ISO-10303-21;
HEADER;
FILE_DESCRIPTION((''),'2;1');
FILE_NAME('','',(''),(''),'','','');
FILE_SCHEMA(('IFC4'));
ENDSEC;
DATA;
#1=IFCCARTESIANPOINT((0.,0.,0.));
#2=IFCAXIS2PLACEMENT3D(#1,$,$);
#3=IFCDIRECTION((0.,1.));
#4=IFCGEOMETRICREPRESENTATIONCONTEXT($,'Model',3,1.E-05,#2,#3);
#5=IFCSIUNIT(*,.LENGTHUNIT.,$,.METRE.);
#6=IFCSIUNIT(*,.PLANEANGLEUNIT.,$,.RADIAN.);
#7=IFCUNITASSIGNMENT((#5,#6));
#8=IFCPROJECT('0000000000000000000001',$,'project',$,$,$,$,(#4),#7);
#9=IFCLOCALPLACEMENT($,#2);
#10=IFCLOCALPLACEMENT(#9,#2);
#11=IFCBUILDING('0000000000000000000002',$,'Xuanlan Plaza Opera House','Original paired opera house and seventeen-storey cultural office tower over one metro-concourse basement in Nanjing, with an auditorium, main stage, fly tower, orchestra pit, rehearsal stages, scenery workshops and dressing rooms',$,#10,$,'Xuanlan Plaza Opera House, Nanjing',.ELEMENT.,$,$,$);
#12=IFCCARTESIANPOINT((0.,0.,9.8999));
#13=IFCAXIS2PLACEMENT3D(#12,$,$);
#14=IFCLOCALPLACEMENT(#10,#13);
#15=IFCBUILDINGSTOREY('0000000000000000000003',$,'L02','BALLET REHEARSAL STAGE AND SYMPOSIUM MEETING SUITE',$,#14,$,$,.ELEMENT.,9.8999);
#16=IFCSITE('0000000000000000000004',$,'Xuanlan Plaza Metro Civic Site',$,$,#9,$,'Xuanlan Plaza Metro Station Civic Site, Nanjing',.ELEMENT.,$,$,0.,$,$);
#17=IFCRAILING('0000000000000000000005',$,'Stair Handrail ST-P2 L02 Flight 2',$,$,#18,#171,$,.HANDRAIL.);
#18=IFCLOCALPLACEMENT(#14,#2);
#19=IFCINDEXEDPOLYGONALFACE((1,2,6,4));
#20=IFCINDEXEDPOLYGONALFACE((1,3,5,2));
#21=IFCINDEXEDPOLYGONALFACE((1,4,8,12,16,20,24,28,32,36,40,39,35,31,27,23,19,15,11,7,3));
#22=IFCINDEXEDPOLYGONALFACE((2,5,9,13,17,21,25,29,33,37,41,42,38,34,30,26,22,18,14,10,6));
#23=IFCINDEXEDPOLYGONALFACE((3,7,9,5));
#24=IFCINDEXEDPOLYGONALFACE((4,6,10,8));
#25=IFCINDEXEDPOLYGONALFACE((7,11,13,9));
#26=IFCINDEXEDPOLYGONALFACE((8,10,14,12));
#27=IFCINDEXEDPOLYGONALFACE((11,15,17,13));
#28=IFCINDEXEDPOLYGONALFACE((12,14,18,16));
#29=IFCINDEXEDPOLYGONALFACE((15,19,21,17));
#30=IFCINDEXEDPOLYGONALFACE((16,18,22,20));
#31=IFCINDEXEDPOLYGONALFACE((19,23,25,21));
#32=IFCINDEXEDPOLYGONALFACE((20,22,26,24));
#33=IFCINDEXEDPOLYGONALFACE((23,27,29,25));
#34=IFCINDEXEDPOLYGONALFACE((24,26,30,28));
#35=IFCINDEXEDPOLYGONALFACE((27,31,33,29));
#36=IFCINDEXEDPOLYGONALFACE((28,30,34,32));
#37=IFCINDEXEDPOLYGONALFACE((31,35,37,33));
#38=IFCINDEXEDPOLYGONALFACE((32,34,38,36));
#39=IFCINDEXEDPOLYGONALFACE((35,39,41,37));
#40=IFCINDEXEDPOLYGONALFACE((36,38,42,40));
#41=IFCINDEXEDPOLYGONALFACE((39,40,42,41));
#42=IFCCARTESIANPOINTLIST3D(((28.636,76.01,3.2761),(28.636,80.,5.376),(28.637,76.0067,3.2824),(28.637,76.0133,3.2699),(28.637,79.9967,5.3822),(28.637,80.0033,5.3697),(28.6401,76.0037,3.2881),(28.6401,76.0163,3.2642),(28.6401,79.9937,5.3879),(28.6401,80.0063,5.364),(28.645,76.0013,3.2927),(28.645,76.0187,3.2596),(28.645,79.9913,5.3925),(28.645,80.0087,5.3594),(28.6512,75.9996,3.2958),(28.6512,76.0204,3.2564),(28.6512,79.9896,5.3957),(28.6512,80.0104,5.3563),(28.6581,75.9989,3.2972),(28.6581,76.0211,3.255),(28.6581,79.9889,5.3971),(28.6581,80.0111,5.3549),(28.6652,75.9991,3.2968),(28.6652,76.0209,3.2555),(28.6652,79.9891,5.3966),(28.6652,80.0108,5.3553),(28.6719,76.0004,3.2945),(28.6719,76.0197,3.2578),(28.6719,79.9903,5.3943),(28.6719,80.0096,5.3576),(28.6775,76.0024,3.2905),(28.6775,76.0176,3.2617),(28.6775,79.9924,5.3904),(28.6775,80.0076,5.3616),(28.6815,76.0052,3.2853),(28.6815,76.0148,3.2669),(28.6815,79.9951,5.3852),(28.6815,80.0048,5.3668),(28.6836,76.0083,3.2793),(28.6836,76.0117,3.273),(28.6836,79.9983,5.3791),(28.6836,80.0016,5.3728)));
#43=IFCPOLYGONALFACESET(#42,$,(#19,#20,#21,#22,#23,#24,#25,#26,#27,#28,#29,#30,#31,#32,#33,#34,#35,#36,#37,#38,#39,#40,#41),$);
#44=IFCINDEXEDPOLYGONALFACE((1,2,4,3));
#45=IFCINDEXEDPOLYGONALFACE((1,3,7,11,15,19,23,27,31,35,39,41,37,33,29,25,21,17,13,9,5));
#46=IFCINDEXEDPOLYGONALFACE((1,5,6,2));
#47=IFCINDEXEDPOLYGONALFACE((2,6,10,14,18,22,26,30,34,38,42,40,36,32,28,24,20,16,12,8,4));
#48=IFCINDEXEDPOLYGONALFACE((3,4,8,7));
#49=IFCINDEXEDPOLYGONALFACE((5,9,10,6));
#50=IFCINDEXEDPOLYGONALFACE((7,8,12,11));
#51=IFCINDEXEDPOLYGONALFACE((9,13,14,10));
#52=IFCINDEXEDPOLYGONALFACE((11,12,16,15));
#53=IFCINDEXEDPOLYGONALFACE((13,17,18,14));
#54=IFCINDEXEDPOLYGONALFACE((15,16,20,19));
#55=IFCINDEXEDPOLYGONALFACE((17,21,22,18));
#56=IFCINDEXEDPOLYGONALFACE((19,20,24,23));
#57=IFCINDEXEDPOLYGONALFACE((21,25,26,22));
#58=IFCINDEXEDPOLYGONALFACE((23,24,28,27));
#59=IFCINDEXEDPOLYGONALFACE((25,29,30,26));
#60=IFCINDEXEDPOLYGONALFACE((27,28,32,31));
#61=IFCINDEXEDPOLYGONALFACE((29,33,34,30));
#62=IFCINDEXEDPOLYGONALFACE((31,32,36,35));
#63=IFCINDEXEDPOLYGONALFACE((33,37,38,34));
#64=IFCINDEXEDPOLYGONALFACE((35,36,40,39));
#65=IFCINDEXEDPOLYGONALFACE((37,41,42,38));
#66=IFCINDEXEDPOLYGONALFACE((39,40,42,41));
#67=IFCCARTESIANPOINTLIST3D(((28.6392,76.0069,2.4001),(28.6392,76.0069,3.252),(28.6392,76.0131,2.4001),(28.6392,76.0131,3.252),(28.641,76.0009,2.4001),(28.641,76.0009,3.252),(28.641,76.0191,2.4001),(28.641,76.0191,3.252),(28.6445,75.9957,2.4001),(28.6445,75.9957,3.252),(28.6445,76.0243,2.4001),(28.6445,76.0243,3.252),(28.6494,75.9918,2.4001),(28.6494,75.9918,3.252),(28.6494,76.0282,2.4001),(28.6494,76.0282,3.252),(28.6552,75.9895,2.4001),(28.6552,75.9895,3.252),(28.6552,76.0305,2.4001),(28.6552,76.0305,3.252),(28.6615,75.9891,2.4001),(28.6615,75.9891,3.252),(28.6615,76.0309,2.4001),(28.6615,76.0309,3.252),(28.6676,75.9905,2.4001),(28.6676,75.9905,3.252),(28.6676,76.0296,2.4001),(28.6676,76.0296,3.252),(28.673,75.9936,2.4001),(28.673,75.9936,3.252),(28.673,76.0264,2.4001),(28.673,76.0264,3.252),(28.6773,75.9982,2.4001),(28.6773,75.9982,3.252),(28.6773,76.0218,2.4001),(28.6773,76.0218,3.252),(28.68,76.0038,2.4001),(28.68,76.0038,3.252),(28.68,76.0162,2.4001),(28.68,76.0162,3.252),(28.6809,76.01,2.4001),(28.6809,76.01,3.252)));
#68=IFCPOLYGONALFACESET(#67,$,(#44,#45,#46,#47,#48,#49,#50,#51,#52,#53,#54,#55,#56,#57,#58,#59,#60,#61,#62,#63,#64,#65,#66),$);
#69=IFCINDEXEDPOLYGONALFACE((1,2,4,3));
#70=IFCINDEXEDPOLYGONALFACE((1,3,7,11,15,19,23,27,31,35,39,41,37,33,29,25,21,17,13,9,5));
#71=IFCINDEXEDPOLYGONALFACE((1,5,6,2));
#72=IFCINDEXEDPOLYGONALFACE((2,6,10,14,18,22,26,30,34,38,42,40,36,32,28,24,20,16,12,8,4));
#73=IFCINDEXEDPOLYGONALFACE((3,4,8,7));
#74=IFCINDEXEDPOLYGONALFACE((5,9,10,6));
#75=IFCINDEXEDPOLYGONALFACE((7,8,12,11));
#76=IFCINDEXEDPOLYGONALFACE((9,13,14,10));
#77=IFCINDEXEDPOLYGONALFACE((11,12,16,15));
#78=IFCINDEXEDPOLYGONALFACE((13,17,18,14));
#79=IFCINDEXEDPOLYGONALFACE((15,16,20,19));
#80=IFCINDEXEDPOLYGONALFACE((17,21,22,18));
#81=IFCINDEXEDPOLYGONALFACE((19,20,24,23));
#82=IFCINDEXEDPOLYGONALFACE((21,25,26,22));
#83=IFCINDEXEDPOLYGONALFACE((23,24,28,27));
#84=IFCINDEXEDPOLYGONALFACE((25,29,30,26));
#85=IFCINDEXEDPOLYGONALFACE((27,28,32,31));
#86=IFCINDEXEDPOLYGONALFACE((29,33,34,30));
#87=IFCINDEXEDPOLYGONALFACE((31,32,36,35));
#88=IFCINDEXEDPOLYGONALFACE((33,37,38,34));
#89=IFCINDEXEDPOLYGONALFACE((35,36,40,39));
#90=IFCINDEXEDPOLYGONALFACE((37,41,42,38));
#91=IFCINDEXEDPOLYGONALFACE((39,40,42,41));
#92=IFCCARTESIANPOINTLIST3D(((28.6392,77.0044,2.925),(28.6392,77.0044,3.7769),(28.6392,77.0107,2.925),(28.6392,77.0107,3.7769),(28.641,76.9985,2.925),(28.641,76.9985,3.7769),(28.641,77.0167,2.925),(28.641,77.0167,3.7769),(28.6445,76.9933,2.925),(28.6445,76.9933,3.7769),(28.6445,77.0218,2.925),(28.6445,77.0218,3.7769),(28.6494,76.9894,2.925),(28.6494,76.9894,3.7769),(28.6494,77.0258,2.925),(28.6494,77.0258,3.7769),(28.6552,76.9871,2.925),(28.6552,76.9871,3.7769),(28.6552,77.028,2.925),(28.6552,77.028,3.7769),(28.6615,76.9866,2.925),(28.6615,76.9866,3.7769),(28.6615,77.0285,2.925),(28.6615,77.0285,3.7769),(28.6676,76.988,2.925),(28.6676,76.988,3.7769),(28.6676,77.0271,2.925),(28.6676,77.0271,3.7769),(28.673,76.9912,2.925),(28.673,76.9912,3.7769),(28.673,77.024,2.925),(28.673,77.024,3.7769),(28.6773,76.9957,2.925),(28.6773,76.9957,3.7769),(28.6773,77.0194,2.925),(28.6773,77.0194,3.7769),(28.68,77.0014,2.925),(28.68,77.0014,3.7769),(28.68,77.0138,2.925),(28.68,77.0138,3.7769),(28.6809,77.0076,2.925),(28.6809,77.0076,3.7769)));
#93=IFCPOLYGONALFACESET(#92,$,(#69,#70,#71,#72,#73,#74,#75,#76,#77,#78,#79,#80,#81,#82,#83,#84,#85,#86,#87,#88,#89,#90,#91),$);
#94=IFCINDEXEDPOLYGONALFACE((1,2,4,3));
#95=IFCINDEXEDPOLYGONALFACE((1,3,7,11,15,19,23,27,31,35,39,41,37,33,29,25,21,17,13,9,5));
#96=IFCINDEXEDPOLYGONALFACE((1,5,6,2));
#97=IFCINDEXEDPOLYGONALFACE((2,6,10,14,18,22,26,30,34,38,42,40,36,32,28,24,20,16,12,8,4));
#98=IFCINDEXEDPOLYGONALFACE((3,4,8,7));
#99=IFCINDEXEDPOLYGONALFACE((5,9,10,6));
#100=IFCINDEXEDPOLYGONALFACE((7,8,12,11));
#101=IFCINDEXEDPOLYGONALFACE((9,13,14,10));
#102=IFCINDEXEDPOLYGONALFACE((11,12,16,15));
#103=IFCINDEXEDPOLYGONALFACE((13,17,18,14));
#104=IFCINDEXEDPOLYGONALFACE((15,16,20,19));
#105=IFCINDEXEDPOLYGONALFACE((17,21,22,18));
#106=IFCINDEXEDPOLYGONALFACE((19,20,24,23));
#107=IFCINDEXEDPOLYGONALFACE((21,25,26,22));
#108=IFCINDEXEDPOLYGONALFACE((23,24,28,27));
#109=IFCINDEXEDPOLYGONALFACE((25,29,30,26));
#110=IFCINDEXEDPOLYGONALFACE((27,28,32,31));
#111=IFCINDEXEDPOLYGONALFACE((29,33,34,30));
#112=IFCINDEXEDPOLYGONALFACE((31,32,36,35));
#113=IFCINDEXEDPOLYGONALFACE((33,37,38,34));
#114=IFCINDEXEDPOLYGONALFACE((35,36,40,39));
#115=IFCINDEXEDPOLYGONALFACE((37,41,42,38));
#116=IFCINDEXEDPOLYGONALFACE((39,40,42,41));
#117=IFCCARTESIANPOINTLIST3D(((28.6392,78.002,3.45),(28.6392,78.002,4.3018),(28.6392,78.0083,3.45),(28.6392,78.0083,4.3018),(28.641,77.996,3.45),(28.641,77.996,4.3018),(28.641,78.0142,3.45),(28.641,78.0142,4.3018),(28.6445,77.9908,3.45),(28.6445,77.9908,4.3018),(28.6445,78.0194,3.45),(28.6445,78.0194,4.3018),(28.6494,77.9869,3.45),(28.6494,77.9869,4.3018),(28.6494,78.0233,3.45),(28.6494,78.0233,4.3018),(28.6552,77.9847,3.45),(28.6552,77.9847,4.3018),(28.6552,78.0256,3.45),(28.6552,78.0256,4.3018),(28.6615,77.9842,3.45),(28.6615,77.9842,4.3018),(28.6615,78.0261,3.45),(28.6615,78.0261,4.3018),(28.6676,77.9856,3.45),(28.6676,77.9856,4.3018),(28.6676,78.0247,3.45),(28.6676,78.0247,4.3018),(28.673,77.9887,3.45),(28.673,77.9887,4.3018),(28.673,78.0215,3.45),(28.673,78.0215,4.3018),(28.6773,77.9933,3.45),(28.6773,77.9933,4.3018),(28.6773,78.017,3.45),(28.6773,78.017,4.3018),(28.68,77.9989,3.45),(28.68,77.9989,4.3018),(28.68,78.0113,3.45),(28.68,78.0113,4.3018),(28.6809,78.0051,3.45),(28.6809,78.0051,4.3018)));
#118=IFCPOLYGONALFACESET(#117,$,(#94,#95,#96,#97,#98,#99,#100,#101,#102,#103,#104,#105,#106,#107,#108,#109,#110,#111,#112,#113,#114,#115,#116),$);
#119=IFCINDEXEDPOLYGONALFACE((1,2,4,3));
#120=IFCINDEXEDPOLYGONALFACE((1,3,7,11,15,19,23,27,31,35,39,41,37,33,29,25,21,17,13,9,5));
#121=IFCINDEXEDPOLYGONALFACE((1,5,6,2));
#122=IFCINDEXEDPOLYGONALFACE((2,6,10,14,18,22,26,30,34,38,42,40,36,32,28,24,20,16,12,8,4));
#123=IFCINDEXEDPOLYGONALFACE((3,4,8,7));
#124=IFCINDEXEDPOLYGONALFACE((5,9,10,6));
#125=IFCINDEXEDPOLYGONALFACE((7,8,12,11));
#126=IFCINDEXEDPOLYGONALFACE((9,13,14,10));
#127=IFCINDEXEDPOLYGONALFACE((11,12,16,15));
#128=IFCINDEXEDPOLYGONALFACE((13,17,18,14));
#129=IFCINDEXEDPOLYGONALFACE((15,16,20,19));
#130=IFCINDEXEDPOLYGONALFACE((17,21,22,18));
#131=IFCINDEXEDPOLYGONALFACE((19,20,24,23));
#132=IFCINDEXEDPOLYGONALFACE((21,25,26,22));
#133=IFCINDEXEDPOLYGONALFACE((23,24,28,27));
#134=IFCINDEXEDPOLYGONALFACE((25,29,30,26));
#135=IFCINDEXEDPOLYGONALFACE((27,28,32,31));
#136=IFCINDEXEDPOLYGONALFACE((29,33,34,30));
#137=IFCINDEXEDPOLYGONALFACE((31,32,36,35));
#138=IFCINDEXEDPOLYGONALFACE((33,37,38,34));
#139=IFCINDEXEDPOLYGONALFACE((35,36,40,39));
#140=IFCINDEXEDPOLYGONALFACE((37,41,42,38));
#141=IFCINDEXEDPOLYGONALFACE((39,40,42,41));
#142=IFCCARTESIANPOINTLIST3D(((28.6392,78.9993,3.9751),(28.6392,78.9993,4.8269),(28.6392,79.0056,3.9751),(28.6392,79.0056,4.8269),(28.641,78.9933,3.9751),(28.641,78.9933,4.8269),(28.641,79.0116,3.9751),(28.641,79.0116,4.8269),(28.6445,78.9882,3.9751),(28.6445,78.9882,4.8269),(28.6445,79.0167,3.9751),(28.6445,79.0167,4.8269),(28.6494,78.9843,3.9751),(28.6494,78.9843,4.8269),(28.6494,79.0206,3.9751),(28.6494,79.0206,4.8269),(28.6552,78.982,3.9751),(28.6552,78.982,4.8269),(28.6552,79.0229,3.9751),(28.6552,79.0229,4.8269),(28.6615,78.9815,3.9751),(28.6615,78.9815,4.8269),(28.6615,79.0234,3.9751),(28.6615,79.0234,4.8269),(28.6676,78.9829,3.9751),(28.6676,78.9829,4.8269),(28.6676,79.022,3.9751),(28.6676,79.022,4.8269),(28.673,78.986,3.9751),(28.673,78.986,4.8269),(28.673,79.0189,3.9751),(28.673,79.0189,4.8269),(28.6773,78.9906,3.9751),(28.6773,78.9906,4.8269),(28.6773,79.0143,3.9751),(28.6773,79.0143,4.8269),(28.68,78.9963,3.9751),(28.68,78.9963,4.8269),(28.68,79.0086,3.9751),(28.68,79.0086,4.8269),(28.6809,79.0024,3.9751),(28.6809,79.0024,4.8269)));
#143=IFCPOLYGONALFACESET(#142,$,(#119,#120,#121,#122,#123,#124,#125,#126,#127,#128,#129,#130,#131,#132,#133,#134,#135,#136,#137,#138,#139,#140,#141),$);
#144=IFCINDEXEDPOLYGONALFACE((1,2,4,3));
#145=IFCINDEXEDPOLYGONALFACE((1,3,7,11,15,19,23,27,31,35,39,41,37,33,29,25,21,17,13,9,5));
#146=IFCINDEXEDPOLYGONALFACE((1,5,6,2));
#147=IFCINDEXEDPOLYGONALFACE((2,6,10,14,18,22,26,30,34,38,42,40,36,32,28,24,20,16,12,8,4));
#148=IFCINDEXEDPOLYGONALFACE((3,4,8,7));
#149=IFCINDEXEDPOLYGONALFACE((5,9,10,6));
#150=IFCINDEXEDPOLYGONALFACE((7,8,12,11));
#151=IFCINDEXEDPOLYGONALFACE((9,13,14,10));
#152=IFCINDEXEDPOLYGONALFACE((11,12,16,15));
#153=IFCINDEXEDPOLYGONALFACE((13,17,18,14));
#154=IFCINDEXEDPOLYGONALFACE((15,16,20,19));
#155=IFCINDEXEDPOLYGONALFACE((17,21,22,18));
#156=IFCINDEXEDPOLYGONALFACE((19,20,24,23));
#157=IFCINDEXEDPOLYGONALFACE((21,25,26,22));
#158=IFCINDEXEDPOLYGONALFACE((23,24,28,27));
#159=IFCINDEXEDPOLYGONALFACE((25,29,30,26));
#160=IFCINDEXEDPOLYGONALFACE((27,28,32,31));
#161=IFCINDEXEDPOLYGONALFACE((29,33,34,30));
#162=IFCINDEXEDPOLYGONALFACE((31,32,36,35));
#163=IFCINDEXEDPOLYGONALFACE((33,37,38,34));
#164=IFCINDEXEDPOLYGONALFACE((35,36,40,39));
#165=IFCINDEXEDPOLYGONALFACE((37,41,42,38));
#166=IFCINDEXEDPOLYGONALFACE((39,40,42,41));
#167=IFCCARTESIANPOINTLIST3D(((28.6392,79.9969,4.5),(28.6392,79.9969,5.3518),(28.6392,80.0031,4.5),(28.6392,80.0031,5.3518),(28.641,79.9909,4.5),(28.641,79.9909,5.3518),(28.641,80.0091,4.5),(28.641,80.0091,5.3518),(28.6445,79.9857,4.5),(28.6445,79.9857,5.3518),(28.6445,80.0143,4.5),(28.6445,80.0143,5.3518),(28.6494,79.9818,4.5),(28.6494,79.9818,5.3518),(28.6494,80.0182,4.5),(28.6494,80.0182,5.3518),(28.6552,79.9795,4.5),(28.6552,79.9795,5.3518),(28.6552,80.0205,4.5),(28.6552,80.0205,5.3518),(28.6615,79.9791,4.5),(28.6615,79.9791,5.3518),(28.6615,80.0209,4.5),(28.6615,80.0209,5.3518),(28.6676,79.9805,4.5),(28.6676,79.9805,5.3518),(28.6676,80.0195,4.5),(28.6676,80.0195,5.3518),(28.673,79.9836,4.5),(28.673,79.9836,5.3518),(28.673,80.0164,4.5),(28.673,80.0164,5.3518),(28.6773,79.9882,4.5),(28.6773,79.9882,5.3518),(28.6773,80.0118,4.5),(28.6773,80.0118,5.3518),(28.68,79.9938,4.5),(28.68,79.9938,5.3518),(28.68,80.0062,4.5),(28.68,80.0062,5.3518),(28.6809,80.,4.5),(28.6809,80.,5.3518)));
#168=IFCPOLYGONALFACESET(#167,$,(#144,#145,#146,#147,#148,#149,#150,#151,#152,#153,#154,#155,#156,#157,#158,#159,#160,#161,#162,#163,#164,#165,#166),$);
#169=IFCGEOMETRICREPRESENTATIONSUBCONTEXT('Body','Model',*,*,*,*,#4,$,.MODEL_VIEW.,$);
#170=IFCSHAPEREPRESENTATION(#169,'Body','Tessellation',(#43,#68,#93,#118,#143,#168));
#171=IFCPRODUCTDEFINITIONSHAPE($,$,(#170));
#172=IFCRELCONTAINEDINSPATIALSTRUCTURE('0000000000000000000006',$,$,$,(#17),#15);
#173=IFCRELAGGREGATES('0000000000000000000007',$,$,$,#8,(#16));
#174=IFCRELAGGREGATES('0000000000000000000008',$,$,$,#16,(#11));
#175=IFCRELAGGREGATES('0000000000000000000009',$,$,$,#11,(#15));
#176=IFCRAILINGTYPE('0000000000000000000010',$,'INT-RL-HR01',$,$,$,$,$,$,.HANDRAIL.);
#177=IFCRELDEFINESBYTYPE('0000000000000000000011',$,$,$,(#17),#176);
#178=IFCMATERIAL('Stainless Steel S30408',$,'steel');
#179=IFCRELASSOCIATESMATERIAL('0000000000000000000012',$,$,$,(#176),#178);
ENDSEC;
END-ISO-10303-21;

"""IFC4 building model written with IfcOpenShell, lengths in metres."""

from ifc_helpers import new_model, si_unit, direction, frame, origin, origin_2d, place, context, subcontext, project, spatial, circle, extrude, material, type_object, element, save


model = new_model("IFC4")

# Units and contexts
model_context = context("Model", 3, precision=1e-05, world=origin(), true_north=direction((0.0, 1.0)))
body_context = subcontext(model_context, "Body", "Model", "MODEL_VIEW")
ifc_project = project(units=[si_unit("LENGTHUNIT", "METRE"), si_unit("PLANEANGLEUNIT", "RADIAN")], contexts=[model_context])

# Site, building, storey
site_placement = place(None, origin())
site = spatial("IfcSite", under=ifc_project, at=site_placement, Name="Xuanlan Plaza Metro Civic Site", LongName="Xuanlan Plaza Metro Station Civic Site, Nanjing", CompositionType="ELEMENT", RefElevation=0.0)
building_placement = place(site_placement, origin())
building = spatial("IfcBuilding", under=site, at=building_placement, Name="Xuanlan Plaza Opera House", Description="Original paired opera house and seventeen-storey cultural office tower over one metro-concourse basement in Nanjing, with an auditorium, main stage, fly tower, orchestra pit, rehearsal stages, scenery workshops and dressing rooms", LongName="Xuanlan Plaza Opera House, Nanjing", CompositionType="ELEMENT")
storey_placement = place(building_placement, frame((0.0, 0.0, 9.8999)))
storey = spatial("IfcBuildingStorey", under=building, at=storey_placement, Name="L02", Description="BALLET REHEARSAL STAGE AND SYMPOSIUM MEETING SUITE", CompositionType="ELEMENT", Elevation=9.8999)

# Railing
ifc_material_1 = material(Name="Stainless Steel S30408", Category="steel")
railing_type = type_object("IfcRailingType", Name="INT-RL-HR01", PredefinedType="HANDRAIL", material=ifc_material_1)
for number, where, name in (
    (1, (28.6599, 76.01, 2.4001), "Stair Handrail ST-P2 L02 Flight 2"),
):
    element("IfcRailing", number, at=place(storey_placement, frame(where)), inside=storey, type_object=railing_type, Name=name, PredefinedType="HANDRAIL", context=body_context, shape_type="SweptSolid", body=[
        extrude(circle(Radius=0.0239, at=origin_2d()), frame((0.0, 0.0, 0.876), z_axis=(0.0, 0.884931, 0.465722), x_axis=(-1.0, 0.0, 0.0)), (0.0, 0.0, 1.0), 4.5088),
        extrude(circle(Radius=0.021, at=origin_2d()), origin(), (0.0, 0.0, 1.0), 0.8518),
        extrude(circle(Radius=0.021, at=origin_2d()), frame((0.0, 0.9976, 0.5249)), (0.0, 0.0, 1.0), 0.8518),
        extrude(circle(Radius=0.021, at=origin_2d()), frame((0.0, 1.9951, 1.0498)), (0.0, 0.0, 1.0), 0.8518),
        extrude(circle(Radius=0.021, at=origin_2d()), frame((0.0, 2.9924, 1.575)), (0.0, 0.0, 1.0), 0.8518),
        extrude(circle(Radius=0.021, at=origin_2d()), frame((0.0, 3.99, 2.0999)), (0.0, 0.0, 1.0), 0.8518),
    ])

save(model, "model.ifc")
